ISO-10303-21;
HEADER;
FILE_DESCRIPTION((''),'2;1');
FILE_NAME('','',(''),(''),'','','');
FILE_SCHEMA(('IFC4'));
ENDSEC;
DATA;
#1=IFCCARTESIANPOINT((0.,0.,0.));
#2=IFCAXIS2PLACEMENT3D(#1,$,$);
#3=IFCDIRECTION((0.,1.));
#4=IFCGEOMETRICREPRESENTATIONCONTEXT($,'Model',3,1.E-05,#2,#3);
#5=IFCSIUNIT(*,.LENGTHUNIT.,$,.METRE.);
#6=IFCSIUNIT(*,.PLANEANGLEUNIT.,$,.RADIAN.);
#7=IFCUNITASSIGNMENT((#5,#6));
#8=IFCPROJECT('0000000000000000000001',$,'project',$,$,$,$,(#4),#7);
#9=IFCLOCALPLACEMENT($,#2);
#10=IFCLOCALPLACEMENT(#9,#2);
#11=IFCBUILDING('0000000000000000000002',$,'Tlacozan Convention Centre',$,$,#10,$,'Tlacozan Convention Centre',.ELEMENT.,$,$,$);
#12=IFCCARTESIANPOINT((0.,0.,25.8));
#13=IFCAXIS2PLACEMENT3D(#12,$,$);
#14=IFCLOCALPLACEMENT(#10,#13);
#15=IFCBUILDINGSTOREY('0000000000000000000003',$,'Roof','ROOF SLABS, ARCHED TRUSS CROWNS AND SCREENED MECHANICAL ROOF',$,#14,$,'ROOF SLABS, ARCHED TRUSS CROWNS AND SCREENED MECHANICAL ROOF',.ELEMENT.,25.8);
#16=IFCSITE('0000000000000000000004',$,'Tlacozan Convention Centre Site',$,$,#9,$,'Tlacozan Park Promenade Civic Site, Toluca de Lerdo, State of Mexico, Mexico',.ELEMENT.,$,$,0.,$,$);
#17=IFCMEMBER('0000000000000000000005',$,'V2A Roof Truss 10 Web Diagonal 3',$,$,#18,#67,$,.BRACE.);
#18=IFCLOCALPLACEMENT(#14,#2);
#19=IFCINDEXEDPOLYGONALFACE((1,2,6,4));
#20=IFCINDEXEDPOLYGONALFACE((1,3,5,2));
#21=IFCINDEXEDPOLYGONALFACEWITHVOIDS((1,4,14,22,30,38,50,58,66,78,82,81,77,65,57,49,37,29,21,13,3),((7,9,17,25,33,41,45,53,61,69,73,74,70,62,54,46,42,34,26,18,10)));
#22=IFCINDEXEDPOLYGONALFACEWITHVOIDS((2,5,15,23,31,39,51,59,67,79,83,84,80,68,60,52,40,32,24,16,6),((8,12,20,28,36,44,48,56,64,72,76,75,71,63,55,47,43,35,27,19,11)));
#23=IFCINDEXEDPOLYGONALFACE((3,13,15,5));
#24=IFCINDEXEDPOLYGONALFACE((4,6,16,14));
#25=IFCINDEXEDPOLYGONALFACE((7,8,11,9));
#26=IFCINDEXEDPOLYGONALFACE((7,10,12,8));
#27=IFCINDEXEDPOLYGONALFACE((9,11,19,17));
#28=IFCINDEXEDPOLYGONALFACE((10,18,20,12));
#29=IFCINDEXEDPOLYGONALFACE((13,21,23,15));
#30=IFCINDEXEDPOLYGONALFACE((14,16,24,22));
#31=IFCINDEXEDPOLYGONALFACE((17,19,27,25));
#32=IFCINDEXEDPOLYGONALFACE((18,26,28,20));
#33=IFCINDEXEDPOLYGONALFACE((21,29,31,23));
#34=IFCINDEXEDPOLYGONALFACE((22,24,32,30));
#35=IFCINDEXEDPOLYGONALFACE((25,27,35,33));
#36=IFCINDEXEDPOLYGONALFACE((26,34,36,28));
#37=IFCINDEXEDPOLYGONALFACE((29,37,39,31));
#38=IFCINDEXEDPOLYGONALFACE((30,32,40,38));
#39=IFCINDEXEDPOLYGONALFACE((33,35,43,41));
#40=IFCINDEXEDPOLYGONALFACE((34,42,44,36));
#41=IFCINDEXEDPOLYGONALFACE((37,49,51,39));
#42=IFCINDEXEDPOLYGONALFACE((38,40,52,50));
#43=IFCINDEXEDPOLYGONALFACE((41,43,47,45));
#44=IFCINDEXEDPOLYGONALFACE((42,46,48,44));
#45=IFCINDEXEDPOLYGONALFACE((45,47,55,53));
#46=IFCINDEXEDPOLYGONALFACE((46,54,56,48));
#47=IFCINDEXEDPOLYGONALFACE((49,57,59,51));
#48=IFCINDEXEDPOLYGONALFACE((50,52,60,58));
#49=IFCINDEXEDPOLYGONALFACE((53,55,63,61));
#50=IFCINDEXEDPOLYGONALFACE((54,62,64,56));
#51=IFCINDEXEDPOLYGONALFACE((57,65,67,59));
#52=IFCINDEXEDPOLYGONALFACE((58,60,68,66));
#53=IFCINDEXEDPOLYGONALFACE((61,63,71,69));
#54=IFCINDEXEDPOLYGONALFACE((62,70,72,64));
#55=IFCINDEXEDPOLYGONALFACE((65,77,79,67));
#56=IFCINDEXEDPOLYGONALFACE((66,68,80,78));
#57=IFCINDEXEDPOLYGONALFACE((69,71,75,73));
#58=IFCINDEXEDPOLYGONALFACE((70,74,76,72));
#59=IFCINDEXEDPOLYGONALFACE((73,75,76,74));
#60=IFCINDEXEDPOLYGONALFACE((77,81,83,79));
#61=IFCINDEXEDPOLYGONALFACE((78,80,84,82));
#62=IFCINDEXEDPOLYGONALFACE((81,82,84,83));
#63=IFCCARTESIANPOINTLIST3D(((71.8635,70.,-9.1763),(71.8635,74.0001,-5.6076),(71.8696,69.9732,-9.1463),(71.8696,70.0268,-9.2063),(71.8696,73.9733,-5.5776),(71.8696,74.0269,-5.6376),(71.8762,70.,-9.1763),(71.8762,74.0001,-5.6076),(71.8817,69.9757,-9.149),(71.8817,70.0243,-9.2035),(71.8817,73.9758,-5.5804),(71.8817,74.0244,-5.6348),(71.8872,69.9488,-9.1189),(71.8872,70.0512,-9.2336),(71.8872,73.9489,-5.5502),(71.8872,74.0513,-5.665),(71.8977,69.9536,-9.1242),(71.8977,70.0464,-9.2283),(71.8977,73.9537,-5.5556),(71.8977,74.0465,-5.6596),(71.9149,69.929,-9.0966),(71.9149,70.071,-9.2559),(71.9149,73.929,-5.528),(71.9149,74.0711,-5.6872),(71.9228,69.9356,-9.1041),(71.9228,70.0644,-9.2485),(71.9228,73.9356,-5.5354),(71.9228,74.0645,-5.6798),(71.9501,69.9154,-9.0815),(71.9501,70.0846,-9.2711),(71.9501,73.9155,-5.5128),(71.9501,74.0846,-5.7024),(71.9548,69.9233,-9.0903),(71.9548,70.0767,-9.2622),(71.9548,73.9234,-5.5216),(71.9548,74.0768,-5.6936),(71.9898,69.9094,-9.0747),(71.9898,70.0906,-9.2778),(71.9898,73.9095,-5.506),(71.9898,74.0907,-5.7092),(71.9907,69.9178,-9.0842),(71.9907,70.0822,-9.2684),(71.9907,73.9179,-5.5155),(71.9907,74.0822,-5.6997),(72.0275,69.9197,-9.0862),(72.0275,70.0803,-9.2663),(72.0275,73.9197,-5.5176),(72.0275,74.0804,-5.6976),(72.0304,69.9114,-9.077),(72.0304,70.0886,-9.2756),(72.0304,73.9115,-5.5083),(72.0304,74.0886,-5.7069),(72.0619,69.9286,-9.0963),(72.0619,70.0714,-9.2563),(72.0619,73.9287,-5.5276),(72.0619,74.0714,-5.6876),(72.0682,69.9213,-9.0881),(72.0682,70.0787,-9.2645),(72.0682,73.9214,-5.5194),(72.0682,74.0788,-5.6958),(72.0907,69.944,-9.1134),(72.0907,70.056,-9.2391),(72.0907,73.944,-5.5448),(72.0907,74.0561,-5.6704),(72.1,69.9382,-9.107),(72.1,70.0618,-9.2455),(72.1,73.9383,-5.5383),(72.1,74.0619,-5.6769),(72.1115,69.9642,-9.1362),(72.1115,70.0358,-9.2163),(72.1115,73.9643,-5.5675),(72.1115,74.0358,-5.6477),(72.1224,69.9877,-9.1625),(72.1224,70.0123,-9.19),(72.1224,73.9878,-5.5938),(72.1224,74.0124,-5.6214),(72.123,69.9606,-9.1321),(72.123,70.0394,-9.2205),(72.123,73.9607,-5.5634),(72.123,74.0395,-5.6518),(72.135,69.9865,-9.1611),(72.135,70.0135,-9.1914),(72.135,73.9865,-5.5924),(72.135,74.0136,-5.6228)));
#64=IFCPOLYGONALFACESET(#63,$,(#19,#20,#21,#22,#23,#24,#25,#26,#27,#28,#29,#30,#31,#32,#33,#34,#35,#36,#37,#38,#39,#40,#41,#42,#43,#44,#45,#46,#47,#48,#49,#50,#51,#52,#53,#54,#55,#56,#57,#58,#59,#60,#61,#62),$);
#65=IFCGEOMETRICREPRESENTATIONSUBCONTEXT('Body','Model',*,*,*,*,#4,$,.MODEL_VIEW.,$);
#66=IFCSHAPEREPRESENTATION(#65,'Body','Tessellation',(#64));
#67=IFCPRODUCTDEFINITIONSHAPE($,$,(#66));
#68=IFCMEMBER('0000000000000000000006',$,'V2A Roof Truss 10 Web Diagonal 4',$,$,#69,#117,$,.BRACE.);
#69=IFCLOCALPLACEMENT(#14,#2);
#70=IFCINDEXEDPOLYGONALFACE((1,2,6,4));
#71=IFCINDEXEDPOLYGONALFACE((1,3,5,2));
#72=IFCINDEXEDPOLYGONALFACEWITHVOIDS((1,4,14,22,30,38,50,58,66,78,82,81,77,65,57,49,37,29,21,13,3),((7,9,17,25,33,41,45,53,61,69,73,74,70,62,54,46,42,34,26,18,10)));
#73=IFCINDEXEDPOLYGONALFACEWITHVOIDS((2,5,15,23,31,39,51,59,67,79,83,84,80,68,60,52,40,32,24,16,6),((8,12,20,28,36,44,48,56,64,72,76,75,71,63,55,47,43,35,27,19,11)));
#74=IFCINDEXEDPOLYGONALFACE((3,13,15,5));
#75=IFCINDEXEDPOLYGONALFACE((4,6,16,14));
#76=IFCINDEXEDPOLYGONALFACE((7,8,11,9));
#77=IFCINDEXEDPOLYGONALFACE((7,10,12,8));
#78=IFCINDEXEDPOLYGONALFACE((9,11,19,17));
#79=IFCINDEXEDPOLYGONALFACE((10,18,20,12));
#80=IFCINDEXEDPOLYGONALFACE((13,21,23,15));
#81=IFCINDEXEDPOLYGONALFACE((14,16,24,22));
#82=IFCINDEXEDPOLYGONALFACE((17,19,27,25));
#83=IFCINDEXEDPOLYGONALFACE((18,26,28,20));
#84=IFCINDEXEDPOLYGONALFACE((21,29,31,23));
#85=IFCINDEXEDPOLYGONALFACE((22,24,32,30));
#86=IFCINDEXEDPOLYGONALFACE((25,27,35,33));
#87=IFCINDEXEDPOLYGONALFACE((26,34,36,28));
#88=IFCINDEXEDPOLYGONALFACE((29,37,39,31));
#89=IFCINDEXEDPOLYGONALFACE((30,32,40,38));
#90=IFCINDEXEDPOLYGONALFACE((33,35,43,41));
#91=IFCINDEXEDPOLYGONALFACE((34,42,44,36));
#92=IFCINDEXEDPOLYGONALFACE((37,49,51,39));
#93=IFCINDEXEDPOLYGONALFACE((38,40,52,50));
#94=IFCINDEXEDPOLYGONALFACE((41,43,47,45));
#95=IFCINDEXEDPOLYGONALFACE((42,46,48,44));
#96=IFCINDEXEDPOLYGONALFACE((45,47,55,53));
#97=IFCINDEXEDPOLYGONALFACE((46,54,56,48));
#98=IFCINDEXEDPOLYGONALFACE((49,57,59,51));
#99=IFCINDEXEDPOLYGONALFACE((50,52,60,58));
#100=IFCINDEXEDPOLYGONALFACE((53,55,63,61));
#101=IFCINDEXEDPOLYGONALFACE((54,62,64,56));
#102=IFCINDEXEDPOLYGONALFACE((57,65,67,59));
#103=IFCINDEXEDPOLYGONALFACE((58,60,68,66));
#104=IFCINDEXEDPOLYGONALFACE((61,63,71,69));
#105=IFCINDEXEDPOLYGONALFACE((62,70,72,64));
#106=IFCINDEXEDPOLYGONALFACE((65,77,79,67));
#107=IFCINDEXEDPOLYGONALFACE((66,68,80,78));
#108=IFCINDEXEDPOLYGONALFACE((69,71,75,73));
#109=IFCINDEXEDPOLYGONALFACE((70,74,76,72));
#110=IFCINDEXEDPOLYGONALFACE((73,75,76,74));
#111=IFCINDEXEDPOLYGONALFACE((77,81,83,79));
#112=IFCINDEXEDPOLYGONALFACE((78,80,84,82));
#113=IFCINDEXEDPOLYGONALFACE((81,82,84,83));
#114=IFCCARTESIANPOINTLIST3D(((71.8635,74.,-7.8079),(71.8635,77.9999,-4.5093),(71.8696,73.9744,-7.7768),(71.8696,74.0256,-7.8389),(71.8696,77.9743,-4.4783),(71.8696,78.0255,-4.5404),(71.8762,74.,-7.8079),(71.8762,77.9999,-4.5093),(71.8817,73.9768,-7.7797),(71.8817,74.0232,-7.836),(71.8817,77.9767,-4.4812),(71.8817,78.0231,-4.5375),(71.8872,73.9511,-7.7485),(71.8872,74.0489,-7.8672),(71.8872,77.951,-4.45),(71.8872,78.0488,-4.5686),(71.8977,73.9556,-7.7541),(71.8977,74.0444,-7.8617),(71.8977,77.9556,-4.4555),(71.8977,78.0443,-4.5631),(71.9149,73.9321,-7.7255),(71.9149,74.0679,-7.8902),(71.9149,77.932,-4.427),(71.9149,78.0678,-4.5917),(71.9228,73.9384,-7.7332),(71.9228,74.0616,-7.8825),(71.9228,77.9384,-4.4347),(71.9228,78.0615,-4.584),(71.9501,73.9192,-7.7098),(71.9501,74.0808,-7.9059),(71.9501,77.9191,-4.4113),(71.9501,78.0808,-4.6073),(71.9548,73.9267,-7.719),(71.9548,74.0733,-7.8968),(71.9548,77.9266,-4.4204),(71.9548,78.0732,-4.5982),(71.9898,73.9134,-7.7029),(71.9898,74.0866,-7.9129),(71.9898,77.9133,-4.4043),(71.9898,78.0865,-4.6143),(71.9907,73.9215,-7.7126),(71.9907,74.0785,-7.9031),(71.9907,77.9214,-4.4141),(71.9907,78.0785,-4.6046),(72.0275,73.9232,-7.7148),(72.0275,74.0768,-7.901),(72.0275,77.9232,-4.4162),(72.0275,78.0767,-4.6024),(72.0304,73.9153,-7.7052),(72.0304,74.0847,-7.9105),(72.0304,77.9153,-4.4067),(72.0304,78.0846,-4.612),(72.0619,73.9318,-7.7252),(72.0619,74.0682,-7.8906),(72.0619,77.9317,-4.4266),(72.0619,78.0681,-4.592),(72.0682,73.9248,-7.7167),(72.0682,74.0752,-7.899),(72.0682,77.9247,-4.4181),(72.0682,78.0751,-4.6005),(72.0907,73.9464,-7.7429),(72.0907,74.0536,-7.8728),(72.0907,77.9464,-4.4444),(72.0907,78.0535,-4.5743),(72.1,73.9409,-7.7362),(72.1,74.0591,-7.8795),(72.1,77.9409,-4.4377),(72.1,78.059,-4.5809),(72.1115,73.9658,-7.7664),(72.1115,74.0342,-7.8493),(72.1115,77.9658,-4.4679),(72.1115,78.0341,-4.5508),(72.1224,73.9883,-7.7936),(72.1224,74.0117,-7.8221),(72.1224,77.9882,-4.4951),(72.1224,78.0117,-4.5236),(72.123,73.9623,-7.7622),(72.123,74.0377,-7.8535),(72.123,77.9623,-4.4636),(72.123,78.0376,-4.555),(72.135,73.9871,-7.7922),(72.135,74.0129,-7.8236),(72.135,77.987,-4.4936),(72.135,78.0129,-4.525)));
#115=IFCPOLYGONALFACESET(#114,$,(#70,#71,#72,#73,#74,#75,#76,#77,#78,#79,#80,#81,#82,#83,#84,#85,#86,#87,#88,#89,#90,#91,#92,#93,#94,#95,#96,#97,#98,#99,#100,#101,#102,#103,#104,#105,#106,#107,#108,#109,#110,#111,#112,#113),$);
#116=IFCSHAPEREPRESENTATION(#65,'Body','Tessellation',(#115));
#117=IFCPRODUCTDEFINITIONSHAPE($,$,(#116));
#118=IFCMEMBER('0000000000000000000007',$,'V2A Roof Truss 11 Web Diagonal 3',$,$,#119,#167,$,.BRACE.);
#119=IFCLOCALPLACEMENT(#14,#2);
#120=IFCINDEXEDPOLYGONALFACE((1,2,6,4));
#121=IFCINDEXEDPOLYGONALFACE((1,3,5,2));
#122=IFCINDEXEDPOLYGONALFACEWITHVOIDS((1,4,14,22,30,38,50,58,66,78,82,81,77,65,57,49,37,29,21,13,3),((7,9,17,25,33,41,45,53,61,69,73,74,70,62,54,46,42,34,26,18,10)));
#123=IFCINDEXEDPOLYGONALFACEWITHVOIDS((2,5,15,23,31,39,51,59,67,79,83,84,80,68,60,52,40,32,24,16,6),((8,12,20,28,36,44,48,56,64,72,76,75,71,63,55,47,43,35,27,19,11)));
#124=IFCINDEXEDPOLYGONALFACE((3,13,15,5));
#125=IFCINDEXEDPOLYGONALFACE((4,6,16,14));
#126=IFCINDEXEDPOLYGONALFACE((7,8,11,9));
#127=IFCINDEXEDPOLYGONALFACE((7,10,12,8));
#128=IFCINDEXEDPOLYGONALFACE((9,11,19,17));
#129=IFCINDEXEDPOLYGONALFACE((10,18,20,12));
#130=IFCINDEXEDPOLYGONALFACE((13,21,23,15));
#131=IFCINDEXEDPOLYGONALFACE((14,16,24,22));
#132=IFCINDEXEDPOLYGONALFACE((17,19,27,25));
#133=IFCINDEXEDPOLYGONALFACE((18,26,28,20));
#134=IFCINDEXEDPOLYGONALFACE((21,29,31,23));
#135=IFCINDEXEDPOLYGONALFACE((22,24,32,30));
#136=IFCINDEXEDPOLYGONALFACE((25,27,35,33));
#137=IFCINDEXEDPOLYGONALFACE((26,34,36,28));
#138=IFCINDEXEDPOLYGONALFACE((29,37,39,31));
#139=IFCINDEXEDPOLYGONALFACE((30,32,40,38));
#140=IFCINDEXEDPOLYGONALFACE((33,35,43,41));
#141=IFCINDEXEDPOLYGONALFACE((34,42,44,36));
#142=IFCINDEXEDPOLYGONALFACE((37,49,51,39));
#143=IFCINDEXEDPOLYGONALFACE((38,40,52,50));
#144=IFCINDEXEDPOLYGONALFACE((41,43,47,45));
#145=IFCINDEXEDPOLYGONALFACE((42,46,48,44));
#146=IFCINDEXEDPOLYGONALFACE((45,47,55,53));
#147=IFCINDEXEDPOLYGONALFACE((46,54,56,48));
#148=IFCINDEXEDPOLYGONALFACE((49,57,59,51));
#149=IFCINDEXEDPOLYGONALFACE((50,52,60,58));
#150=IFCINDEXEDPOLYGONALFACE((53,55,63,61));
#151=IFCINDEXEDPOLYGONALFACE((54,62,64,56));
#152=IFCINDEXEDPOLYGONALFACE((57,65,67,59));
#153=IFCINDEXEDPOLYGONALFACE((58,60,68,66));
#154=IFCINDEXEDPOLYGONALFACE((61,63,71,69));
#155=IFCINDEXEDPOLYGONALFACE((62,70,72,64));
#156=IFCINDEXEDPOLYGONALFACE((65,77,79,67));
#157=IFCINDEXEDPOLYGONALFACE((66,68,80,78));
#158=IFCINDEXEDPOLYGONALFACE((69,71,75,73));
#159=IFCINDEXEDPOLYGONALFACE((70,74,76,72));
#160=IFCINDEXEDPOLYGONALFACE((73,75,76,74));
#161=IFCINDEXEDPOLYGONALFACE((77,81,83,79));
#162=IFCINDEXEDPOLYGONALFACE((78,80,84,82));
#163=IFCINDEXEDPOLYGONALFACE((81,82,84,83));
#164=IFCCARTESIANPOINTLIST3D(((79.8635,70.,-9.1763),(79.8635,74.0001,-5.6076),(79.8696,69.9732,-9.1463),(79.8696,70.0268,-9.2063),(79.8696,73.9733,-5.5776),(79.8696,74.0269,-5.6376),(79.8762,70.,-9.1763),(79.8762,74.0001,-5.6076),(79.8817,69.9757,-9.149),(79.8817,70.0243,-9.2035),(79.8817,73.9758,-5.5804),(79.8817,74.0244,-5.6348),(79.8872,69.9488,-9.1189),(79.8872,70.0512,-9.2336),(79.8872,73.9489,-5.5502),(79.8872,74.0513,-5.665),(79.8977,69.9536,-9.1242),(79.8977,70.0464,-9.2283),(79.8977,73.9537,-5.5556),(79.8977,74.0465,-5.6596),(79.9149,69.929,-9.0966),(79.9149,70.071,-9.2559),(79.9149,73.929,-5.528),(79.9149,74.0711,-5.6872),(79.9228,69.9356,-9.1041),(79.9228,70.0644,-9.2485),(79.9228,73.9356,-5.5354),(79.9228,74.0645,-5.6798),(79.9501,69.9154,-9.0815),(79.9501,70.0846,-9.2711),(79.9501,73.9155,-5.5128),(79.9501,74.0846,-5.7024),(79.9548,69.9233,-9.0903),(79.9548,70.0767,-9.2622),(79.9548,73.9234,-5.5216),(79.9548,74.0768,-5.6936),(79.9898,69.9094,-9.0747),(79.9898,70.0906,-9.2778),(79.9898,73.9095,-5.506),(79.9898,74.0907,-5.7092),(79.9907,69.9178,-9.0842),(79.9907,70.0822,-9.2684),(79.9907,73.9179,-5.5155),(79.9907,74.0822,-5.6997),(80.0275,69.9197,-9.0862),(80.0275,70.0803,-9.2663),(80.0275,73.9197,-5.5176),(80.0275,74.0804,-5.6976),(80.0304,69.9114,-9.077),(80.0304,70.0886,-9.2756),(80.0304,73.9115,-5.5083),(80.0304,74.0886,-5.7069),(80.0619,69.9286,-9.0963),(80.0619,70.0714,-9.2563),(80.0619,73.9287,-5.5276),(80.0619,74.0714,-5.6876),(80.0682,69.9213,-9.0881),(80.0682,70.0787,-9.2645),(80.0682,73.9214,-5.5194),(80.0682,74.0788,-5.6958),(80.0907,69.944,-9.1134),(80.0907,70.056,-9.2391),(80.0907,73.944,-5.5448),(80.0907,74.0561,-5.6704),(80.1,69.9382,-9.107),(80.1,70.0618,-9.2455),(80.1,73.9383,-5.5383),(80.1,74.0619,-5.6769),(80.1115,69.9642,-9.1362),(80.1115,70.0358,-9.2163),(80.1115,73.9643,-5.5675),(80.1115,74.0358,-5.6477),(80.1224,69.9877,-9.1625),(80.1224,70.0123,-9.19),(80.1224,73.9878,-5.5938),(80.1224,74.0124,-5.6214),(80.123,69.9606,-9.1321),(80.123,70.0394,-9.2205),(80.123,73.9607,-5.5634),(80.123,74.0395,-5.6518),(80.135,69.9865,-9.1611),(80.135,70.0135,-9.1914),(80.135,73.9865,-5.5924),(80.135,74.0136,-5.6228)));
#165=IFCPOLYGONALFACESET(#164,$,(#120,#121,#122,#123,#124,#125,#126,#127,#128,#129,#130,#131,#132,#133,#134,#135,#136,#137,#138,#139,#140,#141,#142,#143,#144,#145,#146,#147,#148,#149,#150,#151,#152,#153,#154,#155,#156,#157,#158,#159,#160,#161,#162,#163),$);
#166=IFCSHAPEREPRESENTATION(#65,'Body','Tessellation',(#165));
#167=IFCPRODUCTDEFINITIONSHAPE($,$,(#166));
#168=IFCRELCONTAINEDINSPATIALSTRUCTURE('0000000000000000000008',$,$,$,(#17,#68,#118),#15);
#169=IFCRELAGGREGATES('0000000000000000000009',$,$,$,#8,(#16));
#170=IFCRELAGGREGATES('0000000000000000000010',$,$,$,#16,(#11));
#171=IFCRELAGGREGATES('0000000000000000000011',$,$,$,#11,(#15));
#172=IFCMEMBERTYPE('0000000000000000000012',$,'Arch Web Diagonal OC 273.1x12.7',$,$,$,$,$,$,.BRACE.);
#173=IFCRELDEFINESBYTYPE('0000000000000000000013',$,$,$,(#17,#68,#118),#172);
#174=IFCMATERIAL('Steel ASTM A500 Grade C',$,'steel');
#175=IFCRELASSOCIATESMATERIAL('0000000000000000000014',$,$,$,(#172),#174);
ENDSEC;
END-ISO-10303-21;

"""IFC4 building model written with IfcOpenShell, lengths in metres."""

from ifc_helpers import new_model, si_unit, direction, frame, origin, origin_2d, place, context, subcontext, project, spatial, hollow_circle, extrude, material, material_profile, profile_set, type_object, element, save


model = new_model("IFC4")

# Units and contexts
model_context = context("Model", 3, precision=1e-05, world=origin(), true_north=direction((0.0, 1.0)))
body_context = subcontext(model_context, "Body", "Model", "MODEL_VIEW")
ifc_project = project(units=[si_unit("LENGTHUNIT", "METRE"), si_unit("PLANEANGLEUNIT", "RADIAN")], contexts=[model_context])

# Site, building, storey
site_placement = place(None, origin())
site = spatial("IfcSite", under=ifc_project, at=site_placement, Name="Tlacozan Convention Centre Site", LongName="Tlacozan Park Promenade Civic Site, Toluca de Lerdo, State of Mexico, Mexico", CompositionType="ELEMENT", RefElevation=0.0)
building_placement = place(site_placement, origin())
building = spatial("IfcBuilding", under=site, at=building_placement, Name="Tlacozan Convention Centre", LongName="Tlacozan Convention Centre", CompositionType="ELEMENT")
storey_placement = place(building_placement, frame((0.0, 0.0, 25.8)))
storey = spatial("IfcBuildingStorey", under=building, at=storey_placement, Name="Roof", Description="ROOF SLABS, ARCHED TRUSS CROWNS AND SCREENED MECHANICAL ROOF", LongName="ROOF SLABS, ARCHED TRUSS CROWNS AND SCREENED MECHANICAL ROOF", CompositionType="ELEMENT", Elevation=25.8)

# Members
ifc_material_1 = material(Name="Steel ASTM A500 Grade C", Category="steel")
ifc_material_profile_1 = material_profile(ifc_material_1, hollow_circle(Radius=0.1365, WallThickness=0.0127, at=origin_2d()), Name="OC 273.1x12.7")
ifc_profile_set_1 = profile_set([ifc_material_profile_1], Name="Steel ASTM A500 Grade C")
member_type_1 = type_object("IfcMemberType", Name="Arch Web Diagonal OC 273.1x12.7", PredefinedType="BRACE", material=ifc_profile_set_1)
member_1_placement = place(storey_placement, frame((72.0, 70.0, -9.1763), z_axis=(0.0, 0.746199, 0.665722), x_axis=(-1.0, 0.0, 0.0)))
element("IfcMember", 1, at=member_1_placement, inside=storey, type_object=member_type_1, Name="V2A Roof Truss 10 Web Diagonal 3", PredefinedType="BRACE", context=body_context, shape_type="SweptSolid", body=[
    extrude(hollow_circle(Radius=0.1365, WallThickness=0.0127, at=origin_2d()), origin(), (0.0, 0.0, 1.0), 5.3606),
])
member_2_placement = place(storey_placement, frame((72.0, 74.0, -7.8079), z_axis=(0.0, 0.771507, 0.63622), x_axis=(-1.0, 0.0, 0.0)))
element("IfcMember", 2, at=member_2_placement, inside=storey, type_object=member_type_1, Name="V2A Roof Truss 10 Web Diagonal 4", PredefinedType="BRACE", context=body_context, shape_type="SweptSolid", body=[
    extrude(hollow_circle(Radius=0.1365, WallThickness=0.0127, at=origin_2d()), origin(), (0.0, 0.0, 1.0), 5.1846),
])
member_3_placement = place(storey_placement, frame((80.0, 70.0, -9.1763), z_axis=(0.0, 0.746199, 0.665722), x_axis=(-1.0, 0.0, 0.0)))
element("IfcMember", 3, at=member_3_placement, inside=storey, type_object=member_type_1, Name="V2A Roof Truss 11 Web Diagonal 3", PredefinedType="BRACE", context=body_context, shape_type="SweptSolid", body=[
    extrude(hollow_circle(Radius=0.1365, WallThickness=0.0127, at=origin_2d()), origin(), (0.0, 0.0, 1.0), 5.3606),
])

save(model, "model.ifc")
